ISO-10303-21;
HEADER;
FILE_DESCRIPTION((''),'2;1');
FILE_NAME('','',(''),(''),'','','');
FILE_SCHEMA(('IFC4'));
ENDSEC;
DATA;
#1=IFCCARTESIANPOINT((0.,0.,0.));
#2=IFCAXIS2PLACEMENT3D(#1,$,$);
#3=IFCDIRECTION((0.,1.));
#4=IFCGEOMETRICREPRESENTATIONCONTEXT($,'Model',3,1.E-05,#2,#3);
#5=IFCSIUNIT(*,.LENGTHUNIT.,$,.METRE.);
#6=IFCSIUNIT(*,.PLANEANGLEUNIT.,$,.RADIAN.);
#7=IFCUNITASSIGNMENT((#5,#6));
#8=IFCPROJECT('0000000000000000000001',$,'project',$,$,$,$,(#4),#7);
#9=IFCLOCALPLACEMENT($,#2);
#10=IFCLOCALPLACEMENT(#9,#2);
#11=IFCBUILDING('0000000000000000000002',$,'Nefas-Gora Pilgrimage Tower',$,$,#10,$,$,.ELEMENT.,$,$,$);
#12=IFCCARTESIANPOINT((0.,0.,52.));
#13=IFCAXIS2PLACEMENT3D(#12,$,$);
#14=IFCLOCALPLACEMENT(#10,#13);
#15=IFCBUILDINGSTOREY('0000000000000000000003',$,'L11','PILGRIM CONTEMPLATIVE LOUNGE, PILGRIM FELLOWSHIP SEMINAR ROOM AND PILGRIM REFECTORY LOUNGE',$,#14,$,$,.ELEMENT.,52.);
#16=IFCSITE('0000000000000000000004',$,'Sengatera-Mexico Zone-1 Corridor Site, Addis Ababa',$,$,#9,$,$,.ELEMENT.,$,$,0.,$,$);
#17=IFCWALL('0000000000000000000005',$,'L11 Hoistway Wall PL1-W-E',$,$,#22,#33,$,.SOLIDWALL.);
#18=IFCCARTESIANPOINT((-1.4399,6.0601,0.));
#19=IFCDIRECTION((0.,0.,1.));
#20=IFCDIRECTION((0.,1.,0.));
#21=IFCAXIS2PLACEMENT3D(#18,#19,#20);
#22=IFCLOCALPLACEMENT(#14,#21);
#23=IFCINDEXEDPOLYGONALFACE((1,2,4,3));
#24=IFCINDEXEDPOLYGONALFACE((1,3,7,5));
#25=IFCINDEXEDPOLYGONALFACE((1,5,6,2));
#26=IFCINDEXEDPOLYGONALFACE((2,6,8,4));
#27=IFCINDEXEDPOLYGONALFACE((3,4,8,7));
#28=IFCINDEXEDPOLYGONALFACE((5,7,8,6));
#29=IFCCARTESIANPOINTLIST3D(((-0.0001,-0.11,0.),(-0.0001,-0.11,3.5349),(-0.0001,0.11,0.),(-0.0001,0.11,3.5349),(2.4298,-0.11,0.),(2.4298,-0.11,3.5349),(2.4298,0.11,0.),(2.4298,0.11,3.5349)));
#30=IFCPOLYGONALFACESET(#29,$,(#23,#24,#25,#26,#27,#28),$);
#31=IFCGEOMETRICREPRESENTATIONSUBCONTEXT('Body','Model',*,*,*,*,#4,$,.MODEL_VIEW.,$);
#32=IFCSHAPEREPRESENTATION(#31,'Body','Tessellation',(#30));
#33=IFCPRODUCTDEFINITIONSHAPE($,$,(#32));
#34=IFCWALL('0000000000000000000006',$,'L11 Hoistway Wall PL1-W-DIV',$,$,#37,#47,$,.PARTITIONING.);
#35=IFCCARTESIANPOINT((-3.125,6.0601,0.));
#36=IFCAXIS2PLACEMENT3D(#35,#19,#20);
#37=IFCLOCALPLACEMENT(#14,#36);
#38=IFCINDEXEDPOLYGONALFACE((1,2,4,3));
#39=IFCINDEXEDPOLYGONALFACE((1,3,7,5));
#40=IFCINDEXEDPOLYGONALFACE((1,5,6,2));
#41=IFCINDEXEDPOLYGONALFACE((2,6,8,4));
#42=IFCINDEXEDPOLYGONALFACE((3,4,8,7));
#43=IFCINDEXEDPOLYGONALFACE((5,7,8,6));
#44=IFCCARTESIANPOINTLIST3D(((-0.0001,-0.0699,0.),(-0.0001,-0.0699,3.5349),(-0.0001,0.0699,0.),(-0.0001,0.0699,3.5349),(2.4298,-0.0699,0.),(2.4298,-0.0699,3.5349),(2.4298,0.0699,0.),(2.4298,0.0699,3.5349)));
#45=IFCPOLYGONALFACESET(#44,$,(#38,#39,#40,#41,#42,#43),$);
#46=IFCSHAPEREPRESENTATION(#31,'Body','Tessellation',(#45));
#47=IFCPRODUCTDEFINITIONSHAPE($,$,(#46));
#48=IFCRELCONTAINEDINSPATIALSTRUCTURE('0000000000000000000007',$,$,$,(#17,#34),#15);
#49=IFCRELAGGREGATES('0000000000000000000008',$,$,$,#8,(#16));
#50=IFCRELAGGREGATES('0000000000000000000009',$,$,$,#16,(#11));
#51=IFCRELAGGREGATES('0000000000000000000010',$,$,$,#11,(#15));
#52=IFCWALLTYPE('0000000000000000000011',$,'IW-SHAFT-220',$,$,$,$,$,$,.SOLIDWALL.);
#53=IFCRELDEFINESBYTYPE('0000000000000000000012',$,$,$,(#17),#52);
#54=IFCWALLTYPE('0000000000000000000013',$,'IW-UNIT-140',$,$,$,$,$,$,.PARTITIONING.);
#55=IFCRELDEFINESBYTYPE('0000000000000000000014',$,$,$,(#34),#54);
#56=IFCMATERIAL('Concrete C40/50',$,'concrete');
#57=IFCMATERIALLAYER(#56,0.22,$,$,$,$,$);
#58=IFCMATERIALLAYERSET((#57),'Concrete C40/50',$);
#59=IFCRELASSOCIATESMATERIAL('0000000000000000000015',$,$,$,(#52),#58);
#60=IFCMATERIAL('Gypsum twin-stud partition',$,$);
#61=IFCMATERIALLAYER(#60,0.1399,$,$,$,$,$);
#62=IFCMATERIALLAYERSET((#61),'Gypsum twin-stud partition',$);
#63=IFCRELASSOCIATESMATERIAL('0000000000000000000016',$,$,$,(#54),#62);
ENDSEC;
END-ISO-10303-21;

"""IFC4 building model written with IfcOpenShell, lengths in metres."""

from ifc_helpers import new_model, si_unit, direction, frame, frame_2d, origin, place, context, subcontext, project, spatial, rectangle, extrude, source, transform, mapped, material, layer, layer_set, type_object, element, save


model = new_model("IFC4")

# Units and contexts
model_context = context("Model", 3, precision=1e-05, world=origin(), true_north=direction((0.0, 1.0)))
body_context = subcontext(model_context, "Body", "Model", "MODEL_VIEW")
ifc_project = project(units=[si_unit("LENGTHUNIT", "METRE"), si_unit("PLANEANGLEUNIT", "RADIAN")], contexts=[model_context])

# Site, building, storey
site_placement = place(None, origin())
site = spatial("IfcSite", under=ifc_project, at=site_placement, Name="Sengatera-Mexico Zone-1 Corridor Site, Addis Ababa", CompositionType="ELEMENT", RefElevation=0.0)
building_placement = place(site_placement, origin())
building = spatial("IfcBuilding", under=site, at=building_placement, Name="Nefas-Gora Pilgrimage Tower", CompositionType="ELEMENT")
storey_placement = place(building_placement, frame((0.0, 0.0, 52.0)))
storey = spatial("IfcBuildingStorey", under=building, at=storey_placement, Name="L11", Description="PILGRIM CONTEMPLATIVE LOUNGE, PILGRIM FELLOWSHIP SEMINAR ROOM AND PILGRIM REFECTORY LOUNGE", CompositionType="ELEMENT", Elevation=52.0)

# Shared definitions
ifc_material_1 = material(Name="Concrete C40/50", Category="concrete")

# Shared definitions
ifc_layer_1 = layer(ifc_material_1, 0.22)
ifc_layer_set_1 = layer_set([ifc_layer_1], Name="Concrete C40/50")
wall_type_1 = type_object("IfcWallType", Name="IW-SHAFT-220", PredefinedType="SOLIDWALL", material=ifc_layer_set_1)

# Walls
shared_shape_1 = source(origin(), body_context, "Body", "SweptSolid", [
    extrude(rectangle(XDim=2.4299, YDim=0.22, at=frame_2d((1.2148, 0.0))), origin(), (0.0, 0.0, 1.0), 3.5349),
])
for number, where, z_axis, x_axis, name in (
    (1, (-1.4399, 6.0601, 0.0), (0.0, 0.0, 1.0), (0.0, 1.0, 0.0), "L11 Hoistway Wall PL1-W-E"),
):
    element("IfcWall", number, at=place(storey_placement, frame(where, z_axis=z_axis, x_axis=x_axis)), inside=storey, type_object=wall_type_1, Name=name, PredefinedType="SOLIDWALL", context=body_context, shape_type="MappedRepresentation", body=[
        mapped(shared_shape_1, transform((0.0, 0.0, 0.0), x_axis=(1.0, 0.0, 0.0), y_axis=(0.0, 1.0, 0.0), z_axis=(0.0, 0.0, 1.0), scale=1.0)),
    ])
ifc_material_2 = material(Name="Gypsum twin-stud partition")
ifc_layer_2 = layer(ifc_material_2, 0.1399)
ifc_layer_set_2 = layer_set([ifc_layer_2], Name="Gypsum twin-stud partition")
wall_type_2 = type_object("IfcWallType", Name="IW-UNIT-140", PredefinedType="PARTITIONING", material=ifc_layer_set_2)
shared_shape_2 = source(origin(), body_context, "Body", "SweptSolid", [
    extrude(rectangle(XDim=2.4299, YDim=0.1399, at=frame_2d((1.2148, 0.0))), origin(), (0.0, 0.0, 1.0), 3.5349),
])
wall_1_placement = place(storey_placement, frame((-3.125, 6.0601, 0.0), z_axis=(0.0, 0.0, 1.0), x_axis=(0.0, 1.0, 0.0)))
element("IfcWall", 2, at=wall_1_placement, inside=storey, type_object=wall_type_2, Name="L11 Hoistway Wall PL1-W-DIV", PredefinedType="PARTITIONING", context=body_context, shape_type="MappedRepresentation", body=[
    mapped(shared_shape_2, transform((0.0, 0.0, 0.0), x_axis=(1.0, 0.0, 0.0), y_axis=(0.0, 1.0, 0.0), z_axis=(0.0, 0.0, 1.0), scale=1.0)),
])

save(model, "model.ifc")
